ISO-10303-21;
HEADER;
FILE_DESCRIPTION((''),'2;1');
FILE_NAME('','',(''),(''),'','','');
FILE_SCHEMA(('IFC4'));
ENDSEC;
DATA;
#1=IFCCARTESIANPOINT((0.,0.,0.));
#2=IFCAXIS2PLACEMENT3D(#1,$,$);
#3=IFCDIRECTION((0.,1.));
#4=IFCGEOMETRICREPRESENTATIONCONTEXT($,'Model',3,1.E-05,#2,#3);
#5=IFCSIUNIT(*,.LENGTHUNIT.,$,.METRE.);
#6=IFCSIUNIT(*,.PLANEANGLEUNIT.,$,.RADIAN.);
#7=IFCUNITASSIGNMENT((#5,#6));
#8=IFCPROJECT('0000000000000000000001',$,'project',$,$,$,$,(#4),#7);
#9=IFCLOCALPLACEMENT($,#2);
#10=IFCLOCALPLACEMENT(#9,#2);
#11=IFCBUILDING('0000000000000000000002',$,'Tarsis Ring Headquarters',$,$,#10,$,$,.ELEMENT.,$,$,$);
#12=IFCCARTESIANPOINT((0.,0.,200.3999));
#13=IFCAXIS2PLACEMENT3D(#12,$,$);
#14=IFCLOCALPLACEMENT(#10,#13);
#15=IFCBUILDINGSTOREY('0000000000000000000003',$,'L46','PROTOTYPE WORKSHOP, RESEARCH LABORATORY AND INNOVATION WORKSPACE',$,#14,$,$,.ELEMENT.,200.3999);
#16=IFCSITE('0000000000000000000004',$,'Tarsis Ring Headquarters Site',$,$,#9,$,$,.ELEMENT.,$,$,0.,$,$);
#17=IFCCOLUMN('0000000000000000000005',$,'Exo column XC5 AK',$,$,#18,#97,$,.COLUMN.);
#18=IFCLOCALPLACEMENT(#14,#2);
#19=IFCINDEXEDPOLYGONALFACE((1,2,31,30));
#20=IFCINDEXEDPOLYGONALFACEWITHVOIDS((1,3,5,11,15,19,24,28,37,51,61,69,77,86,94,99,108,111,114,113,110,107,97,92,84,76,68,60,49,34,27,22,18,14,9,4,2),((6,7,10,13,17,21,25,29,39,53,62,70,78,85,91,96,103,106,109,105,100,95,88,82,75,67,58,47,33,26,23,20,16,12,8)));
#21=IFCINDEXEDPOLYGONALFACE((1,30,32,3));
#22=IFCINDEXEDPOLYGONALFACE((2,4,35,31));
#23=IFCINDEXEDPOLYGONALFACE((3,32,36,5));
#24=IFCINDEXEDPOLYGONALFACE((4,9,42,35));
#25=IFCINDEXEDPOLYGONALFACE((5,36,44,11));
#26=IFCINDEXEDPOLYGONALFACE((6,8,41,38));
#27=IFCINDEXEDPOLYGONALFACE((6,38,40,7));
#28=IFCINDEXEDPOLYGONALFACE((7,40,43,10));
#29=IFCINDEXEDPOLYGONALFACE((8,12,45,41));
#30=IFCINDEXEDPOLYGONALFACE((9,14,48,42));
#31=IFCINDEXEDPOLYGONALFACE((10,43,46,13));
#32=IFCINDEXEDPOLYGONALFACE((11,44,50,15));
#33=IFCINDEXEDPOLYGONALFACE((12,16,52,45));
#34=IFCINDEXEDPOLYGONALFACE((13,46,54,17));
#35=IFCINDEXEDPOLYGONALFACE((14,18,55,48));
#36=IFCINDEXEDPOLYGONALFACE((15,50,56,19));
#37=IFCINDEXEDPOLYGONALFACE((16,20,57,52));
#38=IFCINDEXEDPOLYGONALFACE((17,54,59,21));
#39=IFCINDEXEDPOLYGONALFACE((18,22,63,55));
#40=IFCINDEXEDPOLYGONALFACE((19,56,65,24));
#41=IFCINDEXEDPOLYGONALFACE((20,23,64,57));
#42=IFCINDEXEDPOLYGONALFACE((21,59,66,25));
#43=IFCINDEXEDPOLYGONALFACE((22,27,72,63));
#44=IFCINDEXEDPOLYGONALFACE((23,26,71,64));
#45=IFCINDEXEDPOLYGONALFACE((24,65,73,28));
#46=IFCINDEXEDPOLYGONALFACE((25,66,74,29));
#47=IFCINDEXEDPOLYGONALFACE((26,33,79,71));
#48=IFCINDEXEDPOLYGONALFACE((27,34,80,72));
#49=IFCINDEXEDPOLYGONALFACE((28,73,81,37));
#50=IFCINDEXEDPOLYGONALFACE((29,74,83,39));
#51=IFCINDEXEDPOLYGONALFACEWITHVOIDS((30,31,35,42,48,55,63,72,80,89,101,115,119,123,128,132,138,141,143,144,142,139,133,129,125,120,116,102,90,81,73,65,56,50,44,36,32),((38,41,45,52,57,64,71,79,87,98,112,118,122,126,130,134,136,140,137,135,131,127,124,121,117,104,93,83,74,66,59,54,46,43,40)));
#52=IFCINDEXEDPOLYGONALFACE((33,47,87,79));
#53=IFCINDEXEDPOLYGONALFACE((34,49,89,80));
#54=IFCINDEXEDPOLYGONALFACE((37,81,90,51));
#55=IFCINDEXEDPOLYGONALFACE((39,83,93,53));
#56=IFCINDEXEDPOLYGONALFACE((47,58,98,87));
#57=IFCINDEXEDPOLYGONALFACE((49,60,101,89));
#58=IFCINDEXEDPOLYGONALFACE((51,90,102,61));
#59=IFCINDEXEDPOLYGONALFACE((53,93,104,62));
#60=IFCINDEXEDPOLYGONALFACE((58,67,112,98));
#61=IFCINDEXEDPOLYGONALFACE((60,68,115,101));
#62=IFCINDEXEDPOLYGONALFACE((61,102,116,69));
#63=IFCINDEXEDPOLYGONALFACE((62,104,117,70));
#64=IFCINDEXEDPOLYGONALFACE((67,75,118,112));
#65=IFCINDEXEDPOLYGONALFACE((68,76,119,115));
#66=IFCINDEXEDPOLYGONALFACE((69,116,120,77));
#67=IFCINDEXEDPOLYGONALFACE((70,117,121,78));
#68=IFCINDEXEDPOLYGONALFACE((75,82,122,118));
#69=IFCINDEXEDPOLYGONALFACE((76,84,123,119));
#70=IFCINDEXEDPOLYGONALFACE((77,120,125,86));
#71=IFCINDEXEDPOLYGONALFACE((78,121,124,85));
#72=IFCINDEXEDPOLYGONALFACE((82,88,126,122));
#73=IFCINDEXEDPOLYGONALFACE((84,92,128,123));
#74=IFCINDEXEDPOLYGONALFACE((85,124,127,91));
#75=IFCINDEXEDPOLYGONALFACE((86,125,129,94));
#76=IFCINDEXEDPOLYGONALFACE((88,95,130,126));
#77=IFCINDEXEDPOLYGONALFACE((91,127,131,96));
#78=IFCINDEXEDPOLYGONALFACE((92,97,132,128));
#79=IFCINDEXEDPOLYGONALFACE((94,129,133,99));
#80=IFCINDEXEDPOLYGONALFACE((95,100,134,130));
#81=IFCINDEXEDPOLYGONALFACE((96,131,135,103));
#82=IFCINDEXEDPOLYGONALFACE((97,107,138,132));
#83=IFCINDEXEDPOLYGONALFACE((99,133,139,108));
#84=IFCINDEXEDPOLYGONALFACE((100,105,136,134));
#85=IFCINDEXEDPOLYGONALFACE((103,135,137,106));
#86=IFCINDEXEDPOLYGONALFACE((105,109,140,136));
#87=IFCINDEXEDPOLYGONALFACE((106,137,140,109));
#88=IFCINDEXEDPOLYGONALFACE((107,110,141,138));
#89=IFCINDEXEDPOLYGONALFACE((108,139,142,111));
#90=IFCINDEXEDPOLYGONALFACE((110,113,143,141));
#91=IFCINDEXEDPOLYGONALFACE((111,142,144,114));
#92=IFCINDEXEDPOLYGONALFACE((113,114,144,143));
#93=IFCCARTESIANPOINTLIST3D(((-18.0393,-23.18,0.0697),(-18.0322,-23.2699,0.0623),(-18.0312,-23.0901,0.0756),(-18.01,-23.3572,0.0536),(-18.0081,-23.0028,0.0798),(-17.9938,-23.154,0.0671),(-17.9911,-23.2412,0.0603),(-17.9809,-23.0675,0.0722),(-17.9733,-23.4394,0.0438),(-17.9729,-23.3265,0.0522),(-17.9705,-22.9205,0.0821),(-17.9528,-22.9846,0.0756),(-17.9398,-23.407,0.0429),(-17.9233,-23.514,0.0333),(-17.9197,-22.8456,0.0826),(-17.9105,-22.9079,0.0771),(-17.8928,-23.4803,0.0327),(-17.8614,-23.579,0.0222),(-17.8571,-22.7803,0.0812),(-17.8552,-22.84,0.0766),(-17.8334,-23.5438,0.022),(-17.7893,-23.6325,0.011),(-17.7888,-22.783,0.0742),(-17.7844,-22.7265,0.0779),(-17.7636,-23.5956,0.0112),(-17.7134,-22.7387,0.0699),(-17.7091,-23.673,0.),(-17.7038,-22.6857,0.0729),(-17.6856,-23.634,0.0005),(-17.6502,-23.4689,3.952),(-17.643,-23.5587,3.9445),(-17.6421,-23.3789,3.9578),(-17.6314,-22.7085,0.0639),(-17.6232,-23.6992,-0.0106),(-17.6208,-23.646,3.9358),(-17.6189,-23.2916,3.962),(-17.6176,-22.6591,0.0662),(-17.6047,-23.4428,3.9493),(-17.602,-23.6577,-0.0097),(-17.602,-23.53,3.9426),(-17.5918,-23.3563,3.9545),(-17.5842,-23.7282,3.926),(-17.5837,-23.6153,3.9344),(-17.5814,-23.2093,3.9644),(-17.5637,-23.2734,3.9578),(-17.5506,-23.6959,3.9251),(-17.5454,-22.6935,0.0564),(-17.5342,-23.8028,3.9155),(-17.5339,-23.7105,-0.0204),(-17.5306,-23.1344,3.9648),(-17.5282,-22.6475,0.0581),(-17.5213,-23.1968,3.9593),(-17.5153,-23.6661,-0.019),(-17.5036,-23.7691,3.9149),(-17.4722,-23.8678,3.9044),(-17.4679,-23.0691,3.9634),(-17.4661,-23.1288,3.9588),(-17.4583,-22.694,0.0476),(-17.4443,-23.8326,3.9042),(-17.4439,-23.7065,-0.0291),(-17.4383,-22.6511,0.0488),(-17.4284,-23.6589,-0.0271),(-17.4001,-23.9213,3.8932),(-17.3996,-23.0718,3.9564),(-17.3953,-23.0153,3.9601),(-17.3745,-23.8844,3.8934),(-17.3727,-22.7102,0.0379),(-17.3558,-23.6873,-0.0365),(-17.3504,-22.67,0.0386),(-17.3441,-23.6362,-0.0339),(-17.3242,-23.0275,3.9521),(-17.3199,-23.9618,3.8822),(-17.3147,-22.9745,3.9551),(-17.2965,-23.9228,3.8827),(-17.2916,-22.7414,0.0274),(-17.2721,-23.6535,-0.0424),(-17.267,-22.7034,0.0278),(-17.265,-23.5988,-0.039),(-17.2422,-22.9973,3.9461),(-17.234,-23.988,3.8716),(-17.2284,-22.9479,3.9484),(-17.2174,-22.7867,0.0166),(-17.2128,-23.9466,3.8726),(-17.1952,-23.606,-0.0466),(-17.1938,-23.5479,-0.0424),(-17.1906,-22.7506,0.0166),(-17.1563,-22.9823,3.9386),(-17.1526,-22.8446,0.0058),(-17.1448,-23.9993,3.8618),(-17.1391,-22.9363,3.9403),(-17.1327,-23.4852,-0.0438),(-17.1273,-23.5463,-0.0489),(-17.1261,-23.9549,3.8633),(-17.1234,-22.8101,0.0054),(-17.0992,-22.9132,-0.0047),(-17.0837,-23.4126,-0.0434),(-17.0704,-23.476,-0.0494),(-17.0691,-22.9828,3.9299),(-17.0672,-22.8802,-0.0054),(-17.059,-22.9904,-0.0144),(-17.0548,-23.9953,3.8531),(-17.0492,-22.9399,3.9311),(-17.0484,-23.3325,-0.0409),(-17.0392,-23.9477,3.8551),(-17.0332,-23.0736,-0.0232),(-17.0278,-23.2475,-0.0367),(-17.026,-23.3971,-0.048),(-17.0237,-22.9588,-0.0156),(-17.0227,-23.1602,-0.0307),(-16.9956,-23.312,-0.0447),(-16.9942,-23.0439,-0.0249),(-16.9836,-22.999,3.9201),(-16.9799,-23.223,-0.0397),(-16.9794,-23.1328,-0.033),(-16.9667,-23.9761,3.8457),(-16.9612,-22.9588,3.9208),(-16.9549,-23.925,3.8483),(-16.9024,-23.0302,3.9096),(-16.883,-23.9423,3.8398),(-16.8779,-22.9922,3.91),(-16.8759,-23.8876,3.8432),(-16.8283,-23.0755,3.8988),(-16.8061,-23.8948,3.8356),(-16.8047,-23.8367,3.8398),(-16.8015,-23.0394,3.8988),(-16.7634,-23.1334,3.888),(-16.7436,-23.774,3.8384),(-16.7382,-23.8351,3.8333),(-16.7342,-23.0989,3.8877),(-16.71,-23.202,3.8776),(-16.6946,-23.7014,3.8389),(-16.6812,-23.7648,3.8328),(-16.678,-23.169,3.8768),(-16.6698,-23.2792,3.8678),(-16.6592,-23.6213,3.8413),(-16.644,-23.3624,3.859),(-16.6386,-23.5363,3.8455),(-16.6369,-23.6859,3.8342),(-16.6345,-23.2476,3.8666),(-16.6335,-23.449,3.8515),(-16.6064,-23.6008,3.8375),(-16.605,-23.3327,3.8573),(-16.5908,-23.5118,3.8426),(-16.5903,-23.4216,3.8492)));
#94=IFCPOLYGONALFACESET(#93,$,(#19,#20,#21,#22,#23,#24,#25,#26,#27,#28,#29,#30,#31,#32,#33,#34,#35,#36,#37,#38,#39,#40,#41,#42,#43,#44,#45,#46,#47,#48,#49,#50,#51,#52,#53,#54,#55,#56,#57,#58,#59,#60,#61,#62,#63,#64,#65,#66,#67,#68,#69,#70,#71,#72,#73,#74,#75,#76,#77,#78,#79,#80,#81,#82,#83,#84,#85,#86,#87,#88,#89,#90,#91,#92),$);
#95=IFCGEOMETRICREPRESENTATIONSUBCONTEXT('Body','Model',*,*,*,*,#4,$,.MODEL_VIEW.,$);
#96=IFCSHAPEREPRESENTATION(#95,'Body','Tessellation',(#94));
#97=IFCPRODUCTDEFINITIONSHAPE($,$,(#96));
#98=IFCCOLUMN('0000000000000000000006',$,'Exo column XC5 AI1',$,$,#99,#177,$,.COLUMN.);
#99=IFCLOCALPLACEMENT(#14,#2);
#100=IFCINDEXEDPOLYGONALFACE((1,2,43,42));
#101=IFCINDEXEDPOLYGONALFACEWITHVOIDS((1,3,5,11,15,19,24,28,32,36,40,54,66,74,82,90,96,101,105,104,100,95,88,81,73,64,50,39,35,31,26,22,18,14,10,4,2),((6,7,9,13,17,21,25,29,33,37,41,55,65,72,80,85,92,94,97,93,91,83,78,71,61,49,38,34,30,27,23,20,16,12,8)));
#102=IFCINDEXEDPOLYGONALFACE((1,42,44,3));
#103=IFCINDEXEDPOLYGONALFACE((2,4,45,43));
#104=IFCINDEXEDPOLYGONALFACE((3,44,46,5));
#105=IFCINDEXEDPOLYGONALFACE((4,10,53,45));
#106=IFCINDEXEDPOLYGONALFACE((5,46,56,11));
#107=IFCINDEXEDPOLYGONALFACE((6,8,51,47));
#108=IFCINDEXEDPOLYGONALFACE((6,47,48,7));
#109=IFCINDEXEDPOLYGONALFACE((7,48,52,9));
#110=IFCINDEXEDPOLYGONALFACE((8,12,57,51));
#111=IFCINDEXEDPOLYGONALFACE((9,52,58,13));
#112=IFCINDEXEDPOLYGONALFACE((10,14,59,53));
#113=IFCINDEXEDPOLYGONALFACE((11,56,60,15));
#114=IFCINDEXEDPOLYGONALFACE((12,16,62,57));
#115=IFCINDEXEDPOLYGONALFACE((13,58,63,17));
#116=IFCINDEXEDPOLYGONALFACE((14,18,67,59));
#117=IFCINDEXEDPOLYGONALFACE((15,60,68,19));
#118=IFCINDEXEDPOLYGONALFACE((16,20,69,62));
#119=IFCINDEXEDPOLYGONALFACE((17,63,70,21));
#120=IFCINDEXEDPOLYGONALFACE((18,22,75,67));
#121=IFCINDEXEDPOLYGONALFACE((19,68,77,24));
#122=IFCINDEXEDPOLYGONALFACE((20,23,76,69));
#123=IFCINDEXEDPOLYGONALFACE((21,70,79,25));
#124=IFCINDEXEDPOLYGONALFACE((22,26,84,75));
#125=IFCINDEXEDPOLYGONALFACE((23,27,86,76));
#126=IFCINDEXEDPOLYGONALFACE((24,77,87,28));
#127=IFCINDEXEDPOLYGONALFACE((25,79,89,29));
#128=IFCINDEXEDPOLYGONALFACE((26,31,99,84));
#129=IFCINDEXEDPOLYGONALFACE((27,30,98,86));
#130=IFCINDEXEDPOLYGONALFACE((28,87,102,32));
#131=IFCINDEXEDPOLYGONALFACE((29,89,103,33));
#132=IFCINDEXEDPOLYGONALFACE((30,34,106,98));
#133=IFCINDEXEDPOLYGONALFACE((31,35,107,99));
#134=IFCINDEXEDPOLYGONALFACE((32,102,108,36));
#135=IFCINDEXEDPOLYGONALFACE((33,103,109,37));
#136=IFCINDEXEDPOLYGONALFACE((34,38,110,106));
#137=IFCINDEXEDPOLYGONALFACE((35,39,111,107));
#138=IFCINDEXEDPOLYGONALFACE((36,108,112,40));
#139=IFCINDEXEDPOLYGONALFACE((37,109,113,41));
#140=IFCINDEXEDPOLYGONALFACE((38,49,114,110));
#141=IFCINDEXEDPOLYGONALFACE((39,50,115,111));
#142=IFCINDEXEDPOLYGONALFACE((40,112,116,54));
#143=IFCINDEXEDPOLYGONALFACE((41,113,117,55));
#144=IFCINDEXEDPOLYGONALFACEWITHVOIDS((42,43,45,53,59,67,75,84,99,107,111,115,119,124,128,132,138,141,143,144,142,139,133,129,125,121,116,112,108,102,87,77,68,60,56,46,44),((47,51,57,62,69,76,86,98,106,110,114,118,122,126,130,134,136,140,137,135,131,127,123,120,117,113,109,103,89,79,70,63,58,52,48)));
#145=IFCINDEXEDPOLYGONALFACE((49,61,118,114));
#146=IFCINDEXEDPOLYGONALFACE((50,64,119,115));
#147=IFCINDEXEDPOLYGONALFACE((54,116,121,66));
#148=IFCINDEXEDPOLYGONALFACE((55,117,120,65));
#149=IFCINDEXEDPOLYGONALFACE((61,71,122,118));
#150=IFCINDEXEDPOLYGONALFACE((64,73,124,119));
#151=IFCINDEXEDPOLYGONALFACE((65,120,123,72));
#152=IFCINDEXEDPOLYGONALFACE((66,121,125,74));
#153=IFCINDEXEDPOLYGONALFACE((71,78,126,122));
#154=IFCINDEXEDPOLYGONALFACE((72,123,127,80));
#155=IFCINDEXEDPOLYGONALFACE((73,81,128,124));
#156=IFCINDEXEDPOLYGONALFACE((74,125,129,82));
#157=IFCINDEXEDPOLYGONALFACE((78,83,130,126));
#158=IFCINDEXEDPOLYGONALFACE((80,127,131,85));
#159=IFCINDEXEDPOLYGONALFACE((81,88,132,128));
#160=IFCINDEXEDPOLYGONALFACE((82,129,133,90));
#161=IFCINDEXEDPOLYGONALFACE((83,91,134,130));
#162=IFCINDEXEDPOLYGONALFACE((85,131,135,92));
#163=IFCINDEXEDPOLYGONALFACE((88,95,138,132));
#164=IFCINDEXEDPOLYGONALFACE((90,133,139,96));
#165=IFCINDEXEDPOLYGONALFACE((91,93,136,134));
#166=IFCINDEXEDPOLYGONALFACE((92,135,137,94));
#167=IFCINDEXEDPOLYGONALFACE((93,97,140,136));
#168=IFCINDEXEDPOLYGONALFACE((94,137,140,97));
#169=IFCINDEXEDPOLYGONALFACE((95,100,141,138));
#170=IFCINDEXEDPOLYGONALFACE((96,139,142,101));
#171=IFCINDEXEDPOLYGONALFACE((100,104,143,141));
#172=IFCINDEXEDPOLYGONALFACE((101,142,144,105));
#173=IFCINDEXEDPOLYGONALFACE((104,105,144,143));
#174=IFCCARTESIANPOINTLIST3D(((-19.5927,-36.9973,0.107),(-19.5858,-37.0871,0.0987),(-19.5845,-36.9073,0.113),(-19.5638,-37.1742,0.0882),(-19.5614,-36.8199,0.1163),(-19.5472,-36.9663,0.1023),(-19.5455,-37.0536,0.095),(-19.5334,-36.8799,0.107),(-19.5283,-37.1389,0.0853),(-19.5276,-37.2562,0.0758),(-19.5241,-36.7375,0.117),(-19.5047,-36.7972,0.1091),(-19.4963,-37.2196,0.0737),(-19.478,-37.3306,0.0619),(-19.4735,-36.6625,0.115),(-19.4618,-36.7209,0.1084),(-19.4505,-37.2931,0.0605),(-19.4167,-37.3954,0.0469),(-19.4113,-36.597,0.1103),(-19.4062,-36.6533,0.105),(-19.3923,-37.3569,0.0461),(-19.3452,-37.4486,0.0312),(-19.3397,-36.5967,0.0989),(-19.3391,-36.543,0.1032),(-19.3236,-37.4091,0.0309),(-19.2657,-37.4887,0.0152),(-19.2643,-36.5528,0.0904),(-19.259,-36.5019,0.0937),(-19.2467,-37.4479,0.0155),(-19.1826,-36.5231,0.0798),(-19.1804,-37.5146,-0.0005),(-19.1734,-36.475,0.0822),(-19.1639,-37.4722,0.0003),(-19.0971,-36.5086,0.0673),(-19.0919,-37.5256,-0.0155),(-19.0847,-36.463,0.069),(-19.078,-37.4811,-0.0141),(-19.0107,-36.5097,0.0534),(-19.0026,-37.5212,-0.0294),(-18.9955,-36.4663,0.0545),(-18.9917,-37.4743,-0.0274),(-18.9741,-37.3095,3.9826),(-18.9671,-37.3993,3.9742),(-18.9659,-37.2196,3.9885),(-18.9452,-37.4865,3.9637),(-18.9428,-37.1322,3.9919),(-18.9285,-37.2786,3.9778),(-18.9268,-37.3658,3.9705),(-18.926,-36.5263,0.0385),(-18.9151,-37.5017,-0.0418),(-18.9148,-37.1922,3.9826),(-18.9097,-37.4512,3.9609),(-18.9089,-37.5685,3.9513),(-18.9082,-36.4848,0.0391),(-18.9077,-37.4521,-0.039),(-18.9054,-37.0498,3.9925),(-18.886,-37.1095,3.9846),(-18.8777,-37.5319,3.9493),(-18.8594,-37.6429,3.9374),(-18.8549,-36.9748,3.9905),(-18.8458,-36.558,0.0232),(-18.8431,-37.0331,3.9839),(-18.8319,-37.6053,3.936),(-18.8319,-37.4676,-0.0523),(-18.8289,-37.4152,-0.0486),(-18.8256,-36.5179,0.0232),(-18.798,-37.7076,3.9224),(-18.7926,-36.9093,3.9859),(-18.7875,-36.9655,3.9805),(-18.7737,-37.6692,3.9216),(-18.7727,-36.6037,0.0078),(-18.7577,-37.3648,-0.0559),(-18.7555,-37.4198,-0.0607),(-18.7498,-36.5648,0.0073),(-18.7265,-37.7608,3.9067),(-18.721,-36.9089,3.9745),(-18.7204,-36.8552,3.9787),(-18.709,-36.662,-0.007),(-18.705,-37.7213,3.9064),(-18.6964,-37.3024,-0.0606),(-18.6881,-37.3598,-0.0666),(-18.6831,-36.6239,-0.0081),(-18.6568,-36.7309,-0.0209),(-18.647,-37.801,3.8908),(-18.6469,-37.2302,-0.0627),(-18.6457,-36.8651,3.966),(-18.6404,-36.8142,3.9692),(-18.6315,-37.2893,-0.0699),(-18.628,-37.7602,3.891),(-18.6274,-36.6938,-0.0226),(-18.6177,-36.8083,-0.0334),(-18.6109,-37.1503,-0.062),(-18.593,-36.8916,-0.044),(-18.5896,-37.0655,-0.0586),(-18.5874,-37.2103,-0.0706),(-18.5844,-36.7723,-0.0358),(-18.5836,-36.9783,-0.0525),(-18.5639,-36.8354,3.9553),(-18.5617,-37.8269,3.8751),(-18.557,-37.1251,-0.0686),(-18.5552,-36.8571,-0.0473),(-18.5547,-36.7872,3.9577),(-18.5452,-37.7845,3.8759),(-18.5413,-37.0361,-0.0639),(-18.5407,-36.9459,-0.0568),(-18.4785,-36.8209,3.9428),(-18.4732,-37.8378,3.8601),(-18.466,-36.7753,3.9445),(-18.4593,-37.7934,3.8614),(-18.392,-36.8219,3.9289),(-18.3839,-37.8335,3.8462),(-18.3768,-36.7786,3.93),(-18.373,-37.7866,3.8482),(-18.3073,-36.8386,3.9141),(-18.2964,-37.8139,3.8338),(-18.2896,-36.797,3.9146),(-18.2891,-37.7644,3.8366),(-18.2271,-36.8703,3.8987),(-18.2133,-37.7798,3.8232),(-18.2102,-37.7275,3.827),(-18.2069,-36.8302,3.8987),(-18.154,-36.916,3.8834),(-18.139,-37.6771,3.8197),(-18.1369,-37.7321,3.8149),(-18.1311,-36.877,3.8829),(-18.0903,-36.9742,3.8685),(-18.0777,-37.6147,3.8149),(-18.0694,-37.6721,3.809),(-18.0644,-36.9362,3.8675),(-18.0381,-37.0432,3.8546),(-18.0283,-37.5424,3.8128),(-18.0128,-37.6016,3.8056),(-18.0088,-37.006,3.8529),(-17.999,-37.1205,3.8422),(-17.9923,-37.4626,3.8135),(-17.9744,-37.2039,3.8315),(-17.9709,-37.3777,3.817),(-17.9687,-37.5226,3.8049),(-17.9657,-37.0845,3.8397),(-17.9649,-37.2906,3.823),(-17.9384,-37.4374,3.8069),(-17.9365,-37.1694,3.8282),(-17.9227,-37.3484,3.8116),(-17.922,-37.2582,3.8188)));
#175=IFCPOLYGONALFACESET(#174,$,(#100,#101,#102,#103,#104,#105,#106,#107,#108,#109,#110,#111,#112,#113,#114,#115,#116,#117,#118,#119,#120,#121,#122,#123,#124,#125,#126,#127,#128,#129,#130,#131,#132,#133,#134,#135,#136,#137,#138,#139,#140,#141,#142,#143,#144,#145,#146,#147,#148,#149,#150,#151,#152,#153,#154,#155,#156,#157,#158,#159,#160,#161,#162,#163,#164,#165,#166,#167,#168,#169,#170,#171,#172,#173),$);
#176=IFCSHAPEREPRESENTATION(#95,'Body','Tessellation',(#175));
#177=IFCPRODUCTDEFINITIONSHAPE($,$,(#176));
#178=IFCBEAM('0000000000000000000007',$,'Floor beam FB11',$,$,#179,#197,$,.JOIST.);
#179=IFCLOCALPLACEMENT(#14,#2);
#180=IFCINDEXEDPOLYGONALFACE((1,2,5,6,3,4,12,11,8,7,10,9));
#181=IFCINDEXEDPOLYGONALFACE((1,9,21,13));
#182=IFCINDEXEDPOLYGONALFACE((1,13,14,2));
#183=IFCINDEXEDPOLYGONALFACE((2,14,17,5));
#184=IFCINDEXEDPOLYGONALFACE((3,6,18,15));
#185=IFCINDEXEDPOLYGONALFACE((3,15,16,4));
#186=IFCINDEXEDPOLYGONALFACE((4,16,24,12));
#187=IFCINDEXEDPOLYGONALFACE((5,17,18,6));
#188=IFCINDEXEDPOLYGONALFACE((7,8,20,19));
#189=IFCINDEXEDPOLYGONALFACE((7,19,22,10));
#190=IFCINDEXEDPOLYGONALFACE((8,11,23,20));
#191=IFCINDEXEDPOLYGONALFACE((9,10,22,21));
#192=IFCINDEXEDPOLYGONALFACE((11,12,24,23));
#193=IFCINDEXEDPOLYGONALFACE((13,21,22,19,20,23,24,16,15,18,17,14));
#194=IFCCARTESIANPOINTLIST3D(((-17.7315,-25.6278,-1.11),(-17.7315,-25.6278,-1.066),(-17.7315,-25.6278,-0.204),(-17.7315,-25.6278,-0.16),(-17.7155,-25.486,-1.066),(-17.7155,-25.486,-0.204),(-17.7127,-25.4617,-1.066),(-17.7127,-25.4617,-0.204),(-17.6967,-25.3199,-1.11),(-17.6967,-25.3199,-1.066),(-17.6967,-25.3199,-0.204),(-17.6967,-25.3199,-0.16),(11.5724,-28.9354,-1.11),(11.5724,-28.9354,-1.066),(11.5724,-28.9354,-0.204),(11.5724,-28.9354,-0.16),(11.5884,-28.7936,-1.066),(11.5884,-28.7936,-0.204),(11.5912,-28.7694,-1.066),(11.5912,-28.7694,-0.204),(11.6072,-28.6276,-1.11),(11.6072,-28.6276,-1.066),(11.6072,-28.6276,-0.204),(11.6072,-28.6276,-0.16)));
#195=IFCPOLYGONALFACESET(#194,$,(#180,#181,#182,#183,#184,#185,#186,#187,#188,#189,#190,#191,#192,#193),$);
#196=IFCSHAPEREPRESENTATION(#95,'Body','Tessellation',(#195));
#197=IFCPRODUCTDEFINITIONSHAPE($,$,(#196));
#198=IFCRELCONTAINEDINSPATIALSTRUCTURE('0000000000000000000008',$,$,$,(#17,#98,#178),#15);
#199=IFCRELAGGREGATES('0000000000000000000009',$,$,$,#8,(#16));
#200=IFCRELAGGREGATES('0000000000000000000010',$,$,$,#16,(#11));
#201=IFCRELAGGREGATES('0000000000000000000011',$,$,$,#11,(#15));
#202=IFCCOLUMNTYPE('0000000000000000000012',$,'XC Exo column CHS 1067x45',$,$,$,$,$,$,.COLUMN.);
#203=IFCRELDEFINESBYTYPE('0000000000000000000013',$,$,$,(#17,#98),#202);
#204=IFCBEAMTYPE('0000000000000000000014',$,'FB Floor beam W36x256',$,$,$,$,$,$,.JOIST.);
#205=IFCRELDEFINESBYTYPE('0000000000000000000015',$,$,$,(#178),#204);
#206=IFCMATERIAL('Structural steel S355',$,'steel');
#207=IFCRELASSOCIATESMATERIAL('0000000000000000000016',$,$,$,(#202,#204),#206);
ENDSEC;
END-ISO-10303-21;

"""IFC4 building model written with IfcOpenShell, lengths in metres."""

from ifc_helpers import new_model, si_unit, direction, frame, origin, origin_2d, place, context, subcontext, project, spatial, hollow_circle, i_section, extrude, material, material_profile, profile_set, type_object, element, save


model = new_model("IFC4")

# Units and contexts
model_context = context("Model", 3, precision=1e-05, world=origin(), true_north=direction((0.0, 1.0)))
body_context = subcontext(model_context, "Body", "Model", "MODEL_VIEW")
ifc_project = project(units=[si_unit("LENGTHUNIT", "METRE"), si_unit("PLANEANGLEUNIT", "RADIAN")], contexts=[model_context])

# Site, building, storey
site_placement = place(None, origin())
site = spatial("IfcSite", under=ifc_project, at=site_placement, Name="Tarsis Ring Headquarters Site", CompositionType="ELEMENT", RefElevation=0.0)
building_placement = place(site_placement, origin())
building = spatial("IfcBuilding", under=site, at=building_placement, Name="Tarsis Ring Headquarters", CompositionType="ELEMENT")
storey_placement = place(building_placement, frame((0.0, 0.0, 200.3999)))
storey = spatial("IfcBuildingStorey", under=building, at=storey_placement, Name="L46", Description="PROTOTYPE WORKSHOP, RESEARCH LABORATORY AND INNOVATION WORKSPACE", CompositionType="ELEMENT", Elevation=200.3999)

# Columns
ifc_material_1 = material(Name="Structural steel S355", Category="steel")
ifc_material_profile_1 = material_profile(ifc_material_1, hollow_circle(Radius=0.5334, WallThickness=0.0449, at=origin_2d()), Name="CHS 1067x45")
ifc_profile_set_1 = profile_set([ifc_material_profile_1], Name="Structural steel S355")
column_type = type_object("IfcColumnType", Name="XC Exo column CHS 1067x45", PredefinedType="COLUMN", material=ifc_profile_set_1)
column_1_placement = place(storey_placement, frame((-17.5085, -23.179, 0.0166), z_axis=(0.099467, -0.07382, 0.992299), x_axis=(0.595962, 0.803012, 0.0)))
element("IfcColumn", 1, at=column_1_placement, inside=storey, type_object=column_type, Name="Exo column XC5 AK", PredefinedType="COLUMN", context=body_context, shape_type="SweptSolid", body=[
    extrude(hollow_circle(Radius=0.5334, WallThickness=0.0449, at=origin_2d()), origin(), (0.0, 0.0, 1.0), 3.9124),
])
column_2_placement = place(storey_placement, frame((-19.0659, -36.9941, 0.0232), z_axis=(0.15714, -0.079314, 0.984386), x_axis=(0.450592, 0.89273, 0.0)))
element("IfcColumn", 2, at=column_2_placement, inside=storey, type_object=column_type, Name="Exo column XC5 AI1", PredefinedType="COLUMN", context=body_context, shape_type="SweptSolid", body=[
    extrude(hollow_circle(Radius=0.5334, WallThickness=0.0449, at=origin_2d()), origin(), (0.0, 0.0, 1.0), 3.937),
])

# Beam
ifc_material_profile_2 = material_profile(ifc_material_1, i_section(OverallWidth=0.3098, OverallDepth=0.95, WebThickness=0.0244, FlangeThickness=0.0439, at=origin_2d()), Name="W36x256")
ifc_profile_set_2 = profile_set([ifc_material_profile_2], Name="Structural steel S355")
beam_type_1 = type_object("IfcBeamType", Name="FB Floor beam W36x256", PredefinedType="JOIST", material=ifc_profile_set_2)
for number, where, z_axis, x_axis, name in (
    (3, (-17.7141, -25.4739, -0.635), (0.99369, -0.112161, 0.0), (0.112161, 0.99369, 0.0), "Floor beam FB11"),
):
    element("IfcBeam", number, at=place(storey_placement, frame(where, z_axis=z_axis, x_axis=x_axis)), inside=storey, type_object=beam_type_1, Name=name, PredefinedType="JOIST", context=body_context, shape_type="SweptSolid", body=[
        extrude(i_section(OverallWidth=0.3098, OverallDepth=0.95, WebThickness=0.0244, FlangeThickness=0.0439, at=origin_2d()), origin(), (0.0, 0.0, 1.0), 29.49),
    ])

save(model, "model.ifc")
